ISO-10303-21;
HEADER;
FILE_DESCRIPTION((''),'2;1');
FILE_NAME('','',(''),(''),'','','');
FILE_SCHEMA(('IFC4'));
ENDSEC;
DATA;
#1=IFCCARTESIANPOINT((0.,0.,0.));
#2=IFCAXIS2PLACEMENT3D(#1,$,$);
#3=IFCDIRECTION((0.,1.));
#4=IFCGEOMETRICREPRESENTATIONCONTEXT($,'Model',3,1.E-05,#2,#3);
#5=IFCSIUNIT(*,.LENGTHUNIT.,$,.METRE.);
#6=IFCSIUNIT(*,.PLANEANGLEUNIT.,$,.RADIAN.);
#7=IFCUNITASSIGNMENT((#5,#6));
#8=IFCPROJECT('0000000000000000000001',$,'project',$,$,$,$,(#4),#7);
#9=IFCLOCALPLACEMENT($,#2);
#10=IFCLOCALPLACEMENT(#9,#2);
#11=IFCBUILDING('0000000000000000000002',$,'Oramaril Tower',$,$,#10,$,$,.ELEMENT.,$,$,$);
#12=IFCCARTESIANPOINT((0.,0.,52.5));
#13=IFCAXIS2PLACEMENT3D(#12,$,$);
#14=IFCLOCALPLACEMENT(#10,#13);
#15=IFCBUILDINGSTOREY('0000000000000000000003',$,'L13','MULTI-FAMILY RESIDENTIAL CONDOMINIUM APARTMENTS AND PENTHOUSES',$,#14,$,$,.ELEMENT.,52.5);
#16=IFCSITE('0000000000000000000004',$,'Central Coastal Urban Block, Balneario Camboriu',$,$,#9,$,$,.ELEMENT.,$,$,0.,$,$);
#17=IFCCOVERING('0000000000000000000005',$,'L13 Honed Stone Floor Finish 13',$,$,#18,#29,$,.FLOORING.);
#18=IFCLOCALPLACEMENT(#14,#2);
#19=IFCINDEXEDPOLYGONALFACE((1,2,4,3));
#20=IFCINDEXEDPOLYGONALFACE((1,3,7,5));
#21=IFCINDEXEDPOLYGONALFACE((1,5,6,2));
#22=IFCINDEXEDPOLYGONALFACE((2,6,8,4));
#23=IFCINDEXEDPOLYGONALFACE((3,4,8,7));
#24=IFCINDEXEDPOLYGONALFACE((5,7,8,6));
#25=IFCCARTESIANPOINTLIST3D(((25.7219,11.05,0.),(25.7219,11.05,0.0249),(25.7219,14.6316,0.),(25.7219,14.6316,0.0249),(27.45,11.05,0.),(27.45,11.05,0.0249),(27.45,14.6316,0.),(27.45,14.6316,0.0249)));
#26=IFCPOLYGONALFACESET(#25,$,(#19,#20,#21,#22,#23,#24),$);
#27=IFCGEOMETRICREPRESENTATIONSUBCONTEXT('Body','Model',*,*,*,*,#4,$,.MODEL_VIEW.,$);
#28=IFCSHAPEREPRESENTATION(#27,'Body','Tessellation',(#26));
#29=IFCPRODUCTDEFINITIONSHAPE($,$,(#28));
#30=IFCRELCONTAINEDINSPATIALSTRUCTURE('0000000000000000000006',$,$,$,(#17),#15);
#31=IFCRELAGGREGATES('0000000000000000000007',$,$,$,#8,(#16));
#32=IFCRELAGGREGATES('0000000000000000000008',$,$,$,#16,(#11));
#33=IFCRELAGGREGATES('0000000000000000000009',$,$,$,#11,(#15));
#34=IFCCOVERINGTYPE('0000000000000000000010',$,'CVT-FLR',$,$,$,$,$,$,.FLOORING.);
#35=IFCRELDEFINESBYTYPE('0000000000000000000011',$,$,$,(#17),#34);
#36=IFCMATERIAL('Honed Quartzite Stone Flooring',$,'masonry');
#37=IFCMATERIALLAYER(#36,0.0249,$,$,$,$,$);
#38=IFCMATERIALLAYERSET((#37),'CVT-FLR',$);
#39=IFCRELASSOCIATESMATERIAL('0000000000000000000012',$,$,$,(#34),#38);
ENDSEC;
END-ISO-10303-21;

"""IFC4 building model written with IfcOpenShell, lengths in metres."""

from ifc_helpers import new_model, si_unit, direction, frame, origin, place, context, subcontext, project, spatial, polyline, outline, extrude, material, layer, layer_set, type_object, element, save


model = new_model("IFC4")

# Units and contexts
model_context = context("Model", 3, precision=1e-05, world=origin(), true_north=direction((0.0, 1.0)))
body_context = subcontext(model_context, "Body", "Model", "MODEL_VIEW")
ifc_project = project(units=[si_unit("LENGTHUNIT", "METRE"), si_unit("PLANEANGLEUNIT", "RADIAN")], contexts=[model_context])

# Site, building, storey
site_placement = place(None, origin())
site = spatial("IfcSite", under=ifc_project, at=site_placement, Name="Central Coastal Urban Block, Balneario Camboriu", CompositionType="ELEMENT", RefElevation=0.0)
building_placement = place(site_placement, origin())
building = spatial("IfcBuilding", under=site, at=building_placement, Name="Oramaril Tower", CompositionType="ELEMENT")
storey_placement = place(building_placement, frame((0.0, 0.0, 52.5)))
storey = spatial("IfcBuildingStorey", under=building, at=storey_placement, Name="L13", Description="MULTI-FAMILY RESIDENTIAL CONDOMINIUM APARTMENTS AND PENTHOUSES", CompositionType="ELEMENT", Elevation=52.5)

# Covering
ifc_material_1 = material(Name="Honed Quartzite Stone Flooring", Category="masonry")
ifc_layer_1 = layer(ifc_material_1, 0.0249)
ifc_layer_set_1 = layer_set([ifc_layer_1], Name="CVT-FLR")
covering_type_1 = type_object("IfcCoveringType", Name="CVT-FLR", PredefinedType="FLOORING", material=ifc_layer_set_1)
covering_1_placement = place(storey_placement, origin())
element("IfcCovering", 1, at=covering_1_placement, inside=storey, type_object=covering_type_1, Name="L13 Honed Stone Floor Finish 13", PredefinedType="FLOORING", context=body_context, shape_type="SweptSolid", body=[
    extrude(outline(polyline([(25.7219, 14.6316), (27.45, 14.6316), (27.45, 11.05), (25.7219, 11.05), (25.7219, 14.6316)])), origin(), (0.0, 0.0, 1.0), 0.0249),
])

save(model, "model.ifc")
